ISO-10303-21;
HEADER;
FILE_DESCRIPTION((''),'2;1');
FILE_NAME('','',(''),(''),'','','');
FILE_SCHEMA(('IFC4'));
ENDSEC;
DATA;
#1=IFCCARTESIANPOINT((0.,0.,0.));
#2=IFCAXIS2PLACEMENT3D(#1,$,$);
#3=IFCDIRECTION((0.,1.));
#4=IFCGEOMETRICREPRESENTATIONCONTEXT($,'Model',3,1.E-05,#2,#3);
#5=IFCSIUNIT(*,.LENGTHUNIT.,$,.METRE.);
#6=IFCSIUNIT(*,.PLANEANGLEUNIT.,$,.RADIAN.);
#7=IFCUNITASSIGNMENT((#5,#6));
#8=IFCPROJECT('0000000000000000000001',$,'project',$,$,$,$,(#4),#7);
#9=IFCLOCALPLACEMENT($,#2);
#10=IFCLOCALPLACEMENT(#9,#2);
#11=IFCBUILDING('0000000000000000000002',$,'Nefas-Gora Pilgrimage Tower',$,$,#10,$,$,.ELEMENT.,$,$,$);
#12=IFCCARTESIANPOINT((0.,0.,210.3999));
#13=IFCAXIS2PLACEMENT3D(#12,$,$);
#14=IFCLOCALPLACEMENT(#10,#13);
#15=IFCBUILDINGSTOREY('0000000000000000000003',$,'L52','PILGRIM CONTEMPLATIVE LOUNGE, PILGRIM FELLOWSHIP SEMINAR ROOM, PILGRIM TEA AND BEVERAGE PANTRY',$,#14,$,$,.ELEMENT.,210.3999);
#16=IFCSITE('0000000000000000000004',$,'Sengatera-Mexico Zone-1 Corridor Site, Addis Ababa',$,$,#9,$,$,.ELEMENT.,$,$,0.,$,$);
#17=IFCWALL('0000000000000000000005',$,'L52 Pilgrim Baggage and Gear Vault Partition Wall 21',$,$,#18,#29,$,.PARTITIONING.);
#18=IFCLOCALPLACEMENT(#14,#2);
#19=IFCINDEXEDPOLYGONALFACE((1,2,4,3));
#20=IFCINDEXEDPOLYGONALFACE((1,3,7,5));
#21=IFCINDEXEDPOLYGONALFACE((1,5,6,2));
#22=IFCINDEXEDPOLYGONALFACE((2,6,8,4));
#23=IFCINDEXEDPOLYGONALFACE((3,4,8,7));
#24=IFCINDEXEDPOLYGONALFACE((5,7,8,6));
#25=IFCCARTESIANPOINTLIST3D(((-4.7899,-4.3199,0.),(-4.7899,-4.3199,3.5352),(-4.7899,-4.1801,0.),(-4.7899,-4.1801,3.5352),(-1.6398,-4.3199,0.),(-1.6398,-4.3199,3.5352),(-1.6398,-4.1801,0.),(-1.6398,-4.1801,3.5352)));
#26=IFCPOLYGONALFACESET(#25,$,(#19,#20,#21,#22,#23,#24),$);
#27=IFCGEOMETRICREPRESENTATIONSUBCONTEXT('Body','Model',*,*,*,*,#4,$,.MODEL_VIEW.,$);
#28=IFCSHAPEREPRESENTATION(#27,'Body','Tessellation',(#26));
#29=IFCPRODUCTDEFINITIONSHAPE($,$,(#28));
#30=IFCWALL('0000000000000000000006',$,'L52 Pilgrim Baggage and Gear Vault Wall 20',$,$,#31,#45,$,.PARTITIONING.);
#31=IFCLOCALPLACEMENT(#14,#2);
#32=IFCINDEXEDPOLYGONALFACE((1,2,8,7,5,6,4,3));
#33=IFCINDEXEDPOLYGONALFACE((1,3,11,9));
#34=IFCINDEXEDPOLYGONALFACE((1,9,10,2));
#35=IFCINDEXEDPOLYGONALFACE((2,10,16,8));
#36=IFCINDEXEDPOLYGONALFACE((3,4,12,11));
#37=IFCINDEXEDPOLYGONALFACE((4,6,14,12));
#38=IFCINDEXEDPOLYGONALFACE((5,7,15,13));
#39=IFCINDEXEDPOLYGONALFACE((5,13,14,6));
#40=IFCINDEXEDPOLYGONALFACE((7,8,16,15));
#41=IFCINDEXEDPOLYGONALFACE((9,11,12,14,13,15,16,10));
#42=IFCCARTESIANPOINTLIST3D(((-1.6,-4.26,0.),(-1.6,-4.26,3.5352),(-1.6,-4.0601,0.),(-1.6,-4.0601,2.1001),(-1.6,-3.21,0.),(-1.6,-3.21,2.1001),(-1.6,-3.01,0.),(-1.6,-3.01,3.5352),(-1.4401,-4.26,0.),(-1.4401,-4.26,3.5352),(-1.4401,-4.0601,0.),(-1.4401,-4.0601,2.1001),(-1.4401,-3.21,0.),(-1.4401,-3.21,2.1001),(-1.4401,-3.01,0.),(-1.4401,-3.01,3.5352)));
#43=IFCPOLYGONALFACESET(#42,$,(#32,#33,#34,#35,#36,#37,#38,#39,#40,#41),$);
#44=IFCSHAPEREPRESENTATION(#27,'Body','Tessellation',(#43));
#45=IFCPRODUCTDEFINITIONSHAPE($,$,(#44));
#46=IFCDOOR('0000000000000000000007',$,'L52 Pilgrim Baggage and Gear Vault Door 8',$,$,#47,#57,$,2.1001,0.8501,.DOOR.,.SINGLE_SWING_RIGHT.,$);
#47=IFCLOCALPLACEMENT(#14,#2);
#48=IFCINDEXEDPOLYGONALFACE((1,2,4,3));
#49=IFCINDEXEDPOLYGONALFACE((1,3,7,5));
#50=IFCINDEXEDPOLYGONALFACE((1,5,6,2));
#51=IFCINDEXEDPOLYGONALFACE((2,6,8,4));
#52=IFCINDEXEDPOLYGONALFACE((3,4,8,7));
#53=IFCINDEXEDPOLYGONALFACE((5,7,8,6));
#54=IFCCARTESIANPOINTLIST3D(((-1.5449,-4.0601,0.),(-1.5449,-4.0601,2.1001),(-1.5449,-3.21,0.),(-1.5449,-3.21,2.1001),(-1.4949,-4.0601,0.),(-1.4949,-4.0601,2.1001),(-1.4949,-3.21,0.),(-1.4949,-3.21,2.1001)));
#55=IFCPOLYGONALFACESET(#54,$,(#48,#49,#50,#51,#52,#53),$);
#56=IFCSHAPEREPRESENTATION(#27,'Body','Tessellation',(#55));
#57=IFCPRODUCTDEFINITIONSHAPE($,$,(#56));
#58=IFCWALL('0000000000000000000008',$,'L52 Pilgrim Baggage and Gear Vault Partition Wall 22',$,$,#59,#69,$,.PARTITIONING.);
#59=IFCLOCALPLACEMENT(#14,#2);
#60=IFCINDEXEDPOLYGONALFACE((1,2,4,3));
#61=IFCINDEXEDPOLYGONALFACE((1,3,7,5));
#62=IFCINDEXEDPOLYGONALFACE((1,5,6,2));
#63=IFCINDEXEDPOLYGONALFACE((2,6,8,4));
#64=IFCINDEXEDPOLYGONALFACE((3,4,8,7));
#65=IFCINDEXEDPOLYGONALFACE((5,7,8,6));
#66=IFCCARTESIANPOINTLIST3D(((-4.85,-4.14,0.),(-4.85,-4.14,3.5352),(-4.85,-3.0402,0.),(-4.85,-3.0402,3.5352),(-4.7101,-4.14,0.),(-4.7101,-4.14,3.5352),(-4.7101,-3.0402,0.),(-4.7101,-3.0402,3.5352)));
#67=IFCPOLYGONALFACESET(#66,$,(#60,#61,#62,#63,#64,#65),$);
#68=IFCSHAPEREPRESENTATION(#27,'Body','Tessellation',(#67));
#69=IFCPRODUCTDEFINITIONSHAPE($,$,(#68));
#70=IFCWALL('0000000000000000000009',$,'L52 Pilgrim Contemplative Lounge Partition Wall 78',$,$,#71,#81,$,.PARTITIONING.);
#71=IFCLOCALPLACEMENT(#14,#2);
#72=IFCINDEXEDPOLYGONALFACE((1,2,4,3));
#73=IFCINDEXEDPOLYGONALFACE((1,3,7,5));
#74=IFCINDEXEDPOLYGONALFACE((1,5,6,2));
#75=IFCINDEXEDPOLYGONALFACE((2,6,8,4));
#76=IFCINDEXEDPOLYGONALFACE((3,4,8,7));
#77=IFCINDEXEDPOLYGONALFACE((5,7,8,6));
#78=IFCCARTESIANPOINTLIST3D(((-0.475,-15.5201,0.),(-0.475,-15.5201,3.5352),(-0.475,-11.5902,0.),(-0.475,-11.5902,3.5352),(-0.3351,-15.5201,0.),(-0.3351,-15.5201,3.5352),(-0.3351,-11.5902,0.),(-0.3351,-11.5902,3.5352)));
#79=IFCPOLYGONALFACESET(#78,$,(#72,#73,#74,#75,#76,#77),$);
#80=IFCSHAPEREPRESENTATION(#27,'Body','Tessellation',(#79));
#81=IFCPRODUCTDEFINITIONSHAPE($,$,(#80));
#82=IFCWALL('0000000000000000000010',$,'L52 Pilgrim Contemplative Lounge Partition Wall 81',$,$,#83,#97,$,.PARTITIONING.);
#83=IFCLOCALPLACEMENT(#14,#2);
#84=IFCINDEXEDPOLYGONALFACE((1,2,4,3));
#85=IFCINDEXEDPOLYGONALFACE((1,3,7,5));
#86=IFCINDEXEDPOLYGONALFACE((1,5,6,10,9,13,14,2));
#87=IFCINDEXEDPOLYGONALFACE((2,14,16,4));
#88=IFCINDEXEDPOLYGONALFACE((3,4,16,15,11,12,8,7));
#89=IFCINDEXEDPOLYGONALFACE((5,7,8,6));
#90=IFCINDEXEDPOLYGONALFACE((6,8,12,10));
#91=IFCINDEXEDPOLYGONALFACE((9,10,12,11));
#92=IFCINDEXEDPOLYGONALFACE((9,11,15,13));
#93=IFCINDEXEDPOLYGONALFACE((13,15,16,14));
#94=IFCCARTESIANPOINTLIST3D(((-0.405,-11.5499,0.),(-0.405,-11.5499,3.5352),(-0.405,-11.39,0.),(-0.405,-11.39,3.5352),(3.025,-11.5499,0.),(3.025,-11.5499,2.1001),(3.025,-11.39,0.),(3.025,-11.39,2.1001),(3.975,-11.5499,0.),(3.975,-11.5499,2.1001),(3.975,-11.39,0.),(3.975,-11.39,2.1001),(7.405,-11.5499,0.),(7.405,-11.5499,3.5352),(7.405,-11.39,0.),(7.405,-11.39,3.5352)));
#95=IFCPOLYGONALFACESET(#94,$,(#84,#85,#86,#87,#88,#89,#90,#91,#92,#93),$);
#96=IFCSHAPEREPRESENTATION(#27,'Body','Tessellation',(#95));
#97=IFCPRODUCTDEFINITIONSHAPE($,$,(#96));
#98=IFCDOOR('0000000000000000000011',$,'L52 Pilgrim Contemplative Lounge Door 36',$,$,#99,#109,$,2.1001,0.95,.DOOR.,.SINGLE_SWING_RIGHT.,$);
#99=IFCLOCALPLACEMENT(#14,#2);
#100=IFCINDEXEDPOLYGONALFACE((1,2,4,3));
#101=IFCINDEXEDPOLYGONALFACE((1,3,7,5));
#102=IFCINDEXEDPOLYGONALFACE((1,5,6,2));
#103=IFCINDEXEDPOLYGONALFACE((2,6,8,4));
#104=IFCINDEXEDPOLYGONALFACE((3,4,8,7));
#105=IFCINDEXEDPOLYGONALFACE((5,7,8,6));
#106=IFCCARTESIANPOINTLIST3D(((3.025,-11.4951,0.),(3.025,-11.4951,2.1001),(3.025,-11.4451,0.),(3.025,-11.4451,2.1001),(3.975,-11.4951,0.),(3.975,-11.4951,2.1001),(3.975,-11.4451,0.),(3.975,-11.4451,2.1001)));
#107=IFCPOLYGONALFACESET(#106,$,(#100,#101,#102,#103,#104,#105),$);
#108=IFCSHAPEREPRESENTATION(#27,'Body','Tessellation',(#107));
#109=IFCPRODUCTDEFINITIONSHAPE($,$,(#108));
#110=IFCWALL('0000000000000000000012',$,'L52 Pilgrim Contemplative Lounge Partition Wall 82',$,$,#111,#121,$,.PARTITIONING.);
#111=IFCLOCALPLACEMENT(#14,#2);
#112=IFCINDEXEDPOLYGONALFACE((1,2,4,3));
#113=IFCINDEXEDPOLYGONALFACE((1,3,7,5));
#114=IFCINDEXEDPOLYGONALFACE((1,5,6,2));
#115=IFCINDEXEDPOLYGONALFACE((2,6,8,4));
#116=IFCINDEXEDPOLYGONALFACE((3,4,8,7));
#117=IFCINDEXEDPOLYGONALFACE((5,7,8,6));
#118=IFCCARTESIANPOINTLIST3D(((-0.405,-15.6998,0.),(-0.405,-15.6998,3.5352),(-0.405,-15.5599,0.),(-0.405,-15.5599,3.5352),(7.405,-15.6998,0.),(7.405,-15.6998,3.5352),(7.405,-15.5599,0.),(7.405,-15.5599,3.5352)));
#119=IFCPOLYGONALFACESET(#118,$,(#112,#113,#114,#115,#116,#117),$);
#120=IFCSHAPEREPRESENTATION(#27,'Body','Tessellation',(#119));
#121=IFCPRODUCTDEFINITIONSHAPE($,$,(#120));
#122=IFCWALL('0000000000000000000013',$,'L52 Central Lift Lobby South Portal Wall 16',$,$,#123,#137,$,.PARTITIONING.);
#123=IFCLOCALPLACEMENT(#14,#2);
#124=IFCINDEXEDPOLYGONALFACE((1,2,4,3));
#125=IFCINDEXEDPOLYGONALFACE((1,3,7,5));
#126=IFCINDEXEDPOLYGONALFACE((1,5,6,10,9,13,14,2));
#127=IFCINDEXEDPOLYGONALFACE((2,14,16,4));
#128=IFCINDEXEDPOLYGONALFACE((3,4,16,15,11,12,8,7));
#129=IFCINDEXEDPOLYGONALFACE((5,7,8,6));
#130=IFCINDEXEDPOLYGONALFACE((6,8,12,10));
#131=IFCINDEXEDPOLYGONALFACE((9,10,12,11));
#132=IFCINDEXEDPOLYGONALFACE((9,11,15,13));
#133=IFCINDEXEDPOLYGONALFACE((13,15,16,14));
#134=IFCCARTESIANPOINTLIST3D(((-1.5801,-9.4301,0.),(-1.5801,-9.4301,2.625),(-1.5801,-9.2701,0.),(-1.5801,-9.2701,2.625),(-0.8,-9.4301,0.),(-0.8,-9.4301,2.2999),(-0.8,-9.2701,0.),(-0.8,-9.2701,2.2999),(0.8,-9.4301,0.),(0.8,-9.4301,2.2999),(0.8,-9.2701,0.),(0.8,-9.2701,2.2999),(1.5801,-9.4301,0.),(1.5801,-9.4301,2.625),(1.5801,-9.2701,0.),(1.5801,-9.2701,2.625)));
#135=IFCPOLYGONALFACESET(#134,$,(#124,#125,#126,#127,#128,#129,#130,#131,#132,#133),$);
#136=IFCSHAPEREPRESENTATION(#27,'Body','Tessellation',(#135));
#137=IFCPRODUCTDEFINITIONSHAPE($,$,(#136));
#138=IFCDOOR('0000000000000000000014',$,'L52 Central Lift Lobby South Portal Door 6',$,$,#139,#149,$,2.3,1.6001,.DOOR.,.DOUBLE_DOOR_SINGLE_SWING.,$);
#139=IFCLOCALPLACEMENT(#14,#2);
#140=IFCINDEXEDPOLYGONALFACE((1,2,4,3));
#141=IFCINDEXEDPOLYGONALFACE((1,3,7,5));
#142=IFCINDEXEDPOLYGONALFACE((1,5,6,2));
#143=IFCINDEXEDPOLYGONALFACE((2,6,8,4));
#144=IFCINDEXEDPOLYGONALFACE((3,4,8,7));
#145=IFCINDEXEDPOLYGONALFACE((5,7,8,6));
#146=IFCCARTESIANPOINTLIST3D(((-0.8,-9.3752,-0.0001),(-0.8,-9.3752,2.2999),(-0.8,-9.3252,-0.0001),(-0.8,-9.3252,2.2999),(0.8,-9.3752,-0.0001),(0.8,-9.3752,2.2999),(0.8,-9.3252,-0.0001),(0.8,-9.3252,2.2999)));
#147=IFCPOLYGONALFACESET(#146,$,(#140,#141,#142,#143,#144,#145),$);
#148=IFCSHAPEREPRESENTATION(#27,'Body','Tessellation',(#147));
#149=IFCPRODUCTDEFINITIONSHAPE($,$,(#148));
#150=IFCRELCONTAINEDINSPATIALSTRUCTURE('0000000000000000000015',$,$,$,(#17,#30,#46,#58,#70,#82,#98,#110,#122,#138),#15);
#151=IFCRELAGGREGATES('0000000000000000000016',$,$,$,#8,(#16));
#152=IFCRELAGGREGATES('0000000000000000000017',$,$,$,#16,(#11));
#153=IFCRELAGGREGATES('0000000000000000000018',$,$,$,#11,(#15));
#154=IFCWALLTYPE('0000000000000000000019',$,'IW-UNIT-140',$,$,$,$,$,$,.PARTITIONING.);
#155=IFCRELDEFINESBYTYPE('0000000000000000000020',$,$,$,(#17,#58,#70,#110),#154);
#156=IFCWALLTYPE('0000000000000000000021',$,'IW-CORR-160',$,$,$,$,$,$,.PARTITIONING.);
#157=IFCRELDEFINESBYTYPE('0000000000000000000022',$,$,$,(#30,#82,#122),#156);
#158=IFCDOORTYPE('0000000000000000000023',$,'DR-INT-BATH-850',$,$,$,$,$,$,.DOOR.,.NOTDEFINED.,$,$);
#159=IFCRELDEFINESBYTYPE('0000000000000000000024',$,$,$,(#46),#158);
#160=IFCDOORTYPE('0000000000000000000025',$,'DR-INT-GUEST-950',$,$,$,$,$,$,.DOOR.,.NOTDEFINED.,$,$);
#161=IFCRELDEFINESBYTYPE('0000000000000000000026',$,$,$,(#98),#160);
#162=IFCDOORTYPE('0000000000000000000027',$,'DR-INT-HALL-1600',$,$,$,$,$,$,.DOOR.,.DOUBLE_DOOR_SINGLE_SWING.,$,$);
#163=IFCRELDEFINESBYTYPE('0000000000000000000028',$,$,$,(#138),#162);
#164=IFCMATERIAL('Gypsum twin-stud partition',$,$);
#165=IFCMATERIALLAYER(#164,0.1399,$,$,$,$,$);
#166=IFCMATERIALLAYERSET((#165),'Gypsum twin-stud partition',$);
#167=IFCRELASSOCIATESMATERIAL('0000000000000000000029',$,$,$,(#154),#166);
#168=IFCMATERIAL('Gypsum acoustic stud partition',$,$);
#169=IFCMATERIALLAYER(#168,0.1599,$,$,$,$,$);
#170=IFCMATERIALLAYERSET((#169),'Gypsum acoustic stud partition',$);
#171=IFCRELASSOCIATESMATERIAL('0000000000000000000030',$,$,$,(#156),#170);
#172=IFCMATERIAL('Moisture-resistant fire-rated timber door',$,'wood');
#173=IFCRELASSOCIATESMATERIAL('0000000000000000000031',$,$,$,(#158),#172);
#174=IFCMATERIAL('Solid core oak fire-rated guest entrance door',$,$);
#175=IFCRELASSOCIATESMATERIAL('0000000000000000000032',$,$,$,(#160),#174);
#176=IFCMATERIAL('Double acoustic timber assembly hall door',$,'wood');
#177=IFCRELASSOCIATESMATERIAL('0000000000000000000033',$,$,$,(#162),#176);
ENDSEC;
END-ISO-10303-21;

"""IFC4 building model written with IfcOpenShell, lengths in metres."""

from ifc_helpers import new_model, si_unit, direction, frame, frame_2d, origin, place, context, subcontext, project, spatial, rectangle, extrude, source, transform, mapped, material, layer, layer_set, type_object, element, fill, save


model = new_model("IFC4")

# Units and contexts
model_context = context("Model", 3, precision=1e-05, world=origin(), true_north=direction((0.0, 1.0)))
body_context = subcontext(model_context, "Body", "Model", "MODEL_VIEW")
ifc_project = project(units=[si_unit("LENGTHUNIT", "METRE"), si_unit("PLANEANGLEUNIT", "RADIAN")], contexts=[model_context])

# Site, building, storey
site_placement = place(None, origin())
site = spatial("IfcSite", under=ifc_project, at=site_placement, Name="Sengatera-Mexico Zone-1 Corridor Site, Addis Ababa", CompositionType="ELEMENT", RefElevation=0.0)
building_placement = place(site_placement, origin())
building = spatial("IfcBuilding", under=site, at=building_placement, Name="Nefas-Gora Pilgrimage Tower", CompositionType="ELEMENT")
storey_placement = place(building_placement, frame((0.0, 0.0, 210.3999)))
storey = spatial("IfcBuildingStorey", under=building, at=storey_placement, Name="L52", Description="PILGRIM CONTEMPLATIVE LOUNGE, PILGRIM FELLOWSHIP SEMINAR ROOM, PILGRIM TEA AND BEVERAGE PANTRY", CompositionType="ELEMENT", Elevation=210.3999)

# Wall
ifc_material_1 = material(Name="Gypsum twin-stud partition")
ifc_layer_1 = layer(ifc_material_1, 0.1399)
ifc_layer_set_1 = layer_set([ifc_layer_1], Name="Gypsum twin-stud partition")
wall_type_1 = type_object("IfcWallType", Name="IW-UNIT-140", PredefinedType="PARTITIONING", material=ifc_layer_set_1)
ifc_material_2 = material(Name="Gypsum acoustic stud partition")
ifc_layer_2 = layer(ifc_material_2, 0.1599)
ifc_layer_set_2 = layer_set([ifc_layer_2], Name="Gypsum acoustic stud partition")
wall_type_2 = type_object("IfcWallType", Name="IW-CORR-160", PredefinedType="PARTITIONING", material=ifc_layer_set_2)
shared_shape_1 = source(origin(), body_context, "Body", "SweptSolid", [
    extrude(rectangle(XDim=3.1501, YDim=0.1399, at=frame_2d((1.5752, 0.0))), origin(), (0.0, 0.0, 1.0), 3.5352),
])
wall_1_placement = place(storey_placement, frame((-4.79, -4.25, 0.0), z_axis=(0.0, 0.0, 1.0), x_axis=(1.0, 0.0, 0.0)))
element("IfcWall", 1, at=wall_1_placement, inside=storey, type_object=wall_type_1, Name="L52 Pilgrim Baggage and Gear Vault Partition Wall 21", PredefinedType="PARTITIONING", context=body_context, shape_type="MappedRepresentation", body=[
    mapped(shared_shape_1, transform((0.0, 0.0, 0.0), x_axis=(1.0, 0.0, 0.0), y_axis=(0.0, 1.0, 0.0), z_axis=(0.0, 0.0, 1.0), scale=1.0)),
])

# Wall, opening, door
shared_shape_2 = source(origin(), body_context, "Body", "SweptSolid", [
    extrude(rectangle(XDim=1.25, YDim=0.1599, at=frame_2d((0.625, 0.0))), origin(), (0.0, 0.0, 1.0), 3.5352),
])
wall_2_placement = place(storey_placement, frame((-1.52, -4.26, 0.0), z_axis=(0.0, 0.0, 1.0), x_axis=(0.0, 1.0, 0.0)))
wall_2 = element("IfcWall", 2, at=wall_2_placement, inside=storey, type_object=wall_type_2, Name="L52 Pilgrim Baggage and Gear Vault Wall 20", PredefinedType="PARTITIONING", context=body_context, shape_type="MappedRepresentation", body=[
    mapped(shared_shape_2, transform((0.0, 0.0, 0.0), x_axis=(1.0, 0.0, 0.0), y_axis=(0.0, 1.0, 0.0), z_axis=(0.0, 0.0, 1.0), scale=1.0)),
])
opening_1_placement = place(wall_2_placement, frame((0.2, 0.0, 0.0)))
opening_1 = element("IfcOpeningElement", 3, at=opening_1_placement, cuts=wall_2, PredefinedType="OPENING", context=body_context, shape_type="SweptSolid", body=[
    extrude(rectangle(XDim=0.8501, YDim=2.1001, at=frame_2d((0.425, 1.05))), frame((0.0, 0.0898, 0.0), z_axis=(0.0, -1.0, 0.0), x_axis=(1.0, 0.0, 0.0)), (0.0, 0.0, 1.0), 0.1799),
])
ifc_material_3 = material(Name="Moisture-resistant fire-rated timber door", Category="wood")
door_type_1 = type_object("IfcDoorType", Name="DR-INT-BATH-850", OperationType="NOTDEFINED", PredefinedType="DOOR", material=ifc_material_3)
shared_shape_3 = source(origin(), body_context, "Body", "SweptSolid", [
    extrude(rectangle(XDim=0.8501, YDim=2.1001, at=frame_2d((0.425, 1.05))), frame((0.0, 0.0249, 0.0), z_axis=(0.0, -1.0, 0.0), x_axis=(1.0, 0.0, 0.0)), (0.0, 0.0, 1.0), 0.05),
])
door_1_placement = place(opening_1_placement, origin())
door_1 = element("IfcDoor", 4, at=door_1_placement, inside=storey, type_object=door_type_1, Name="L52 Pilgrim Baggage and Gear Vault Door 8", OperationType="SINGLE_SWING_RIGHT", OverallHeight=2.1001, OverallWidth=0.8501, PredefinedType="DOOR", context=body_context, shape_type="MappedRepresentation", body=[
    mapped(shared_shape_3, transform((0.0, 0.0, 0.0), x_axis=(1.0, 0.0, 0.0), y_axis=(0.0, 1.0, 0.0), z_axis=(0.0, 0.0, 1.0), scale=1.0)),
])
fill(opening_1, door_1)

# Walls
shared_shape_4 = source(origin(), body_context, "Body", "SweptSolid", [
    extrude(rectangle(XDim=1.0999, YDim=0.1399, at=frame_2d((0.5498, 0.0))), origin(), (0.0, 0.0, 1.0), 3.5352),
])
wall_3_placement = place(storey_placement, frame((-4.78, -4.1399, 0.0), z_axis=(0.0, 0.0, 1.0), x_axis=(0.0, 1.0, 0.0)))
element("IfcWall", 5, at=wall_3_placement, inside=storey, type_object=wall_type_1, Name="L52 Pilgrim Baggage and Gear Vault Partition Wall 22", PredefinedType="PARTITIONING", context=body_context, shape_type="MappedRepresentation", body=[
    mapped(shared_shape_4, transform((0.0, 0.0, 0.0), x_axis=(1.0, 0.0, 0.0), y_axis=(0.0, 1.0, 0.0), z_axis=(0.0, 0.0, 1.0), scale=1.0)),
])
shared_shape_5 = source(origin(), body_context, "Body", "SweptSolid", [
    extrude(rectangle(XDim=3.9299, YDim=0.1399, at=frame_2d((1.9648, 0.0))), origin(), (0.0, 0.0, 1.0), 3.5352),
])
wall_4_placement = place(storey_placement, frame((-0.405, -15.52, 0.0), z_axis=(0.0, 0.0, 1.0), x_axis=(0.0, 1.0, 0.0)))
element("IfcWall", 6, at=wall_4_placement, inside=storey, type_object=wall_type_1, Name="L52 Pilgrim Contemplative Lounge Partition Wall 78", PredefinedType="PARTITIONING", context=body_context, shape_type="MappedRepresentation", body=[
    mapped(shared_shape_5, transform((0.0, 0.0, 0.0), x_axis=(1.0, 0.0, 0.0), y_axis=(0.0, 1.0, 0.0), z_axis=(0.0, 0.0, 1.0), scale=1.0)),
])

# Wall, opening, door
shared_shape_6 = source(origin(), body_context, "Body", "SweptSolid", [
    extrude(rectangle(XDim=7.8101, YDim=0.1599, at=frame_2d((3.905, 0.0))), origin(), (0.0, 0.0, 1.0), 3.5352),
])
wall_5_placement = place(storey_placement, frame((-0.405, -11.47, 0.0), z_axis=(0.0, 0.0, 1.0), x_axis=(1.0, 0.0, 0.0)))
wall_5 = element("IfcWall", 7, at=wall_5_placement, inside=storey, type_object=wall_type_2, Name="L52 Pilgrim Contemplative Lounge Partition Wall 81", PredefinedType="PARTITIONING", context=body_context, shape_type="MappedRepresentation", body=[
    mapped(shared_shape_6, transform((0.0, 0.0, 0.0), x_axis=(1.0, 0.0, 0.0), y_axis=(0.0, 1.0, 0.0), z_axis=(0.0, 0.0, 1.0), scale=1.0)),
])
opening_2_placement = place(wall_5_placement, frame((3.4299, 0.0, 0.0)))
opening_2 = element("IfcOpeningElement", 8, at=opening_2_placement, cuts=wall_5, PredefinedType="OPENING", context=body_context, shape_type="SweptSolid", body=[
    extrude(rectangle(XDim=0.95, YDim=2.1001, at=frame_2d((0.4751, 1.05))), frame((0.0, 0.0898, 0.0), z_axis=(0.0, -1.0, 0.0), x_axis=(1.0, 0.0, 0.0)), (0.0, 0.0, 1.0), 0.1799),
])
ifc_material_4 = material(Name="Solid core oak fire-rated guest entrance door")
door_type_2 = type_object("IfcDoorType", Name="DR-INT-GUEST-950", OperationType="NOTDEFINED", PredefinedType="DOOR", material=ifc_material_4)
shared_shape_7 = source(origin(), body_context, "Body", "SweptSolid", [
    extrude(rectangle(XDim=0.95, YDim=2.1001, at=frame_2d((0.4751, 1.05))), frame((0.0, 0.0249, 0.0), z_axis=(0.0, -1.0, 0.0), x_axis=(1.0, 0.0, 0.0)), (0.0, 0.0, 1.0), 0.05),
])
door_2_placement = place(opening_2_placement, origin())
door_2 = element("IfcDoor", 9, at=door_2_placement, inside=storey, type_object=door_type_2, Name="L52 Pilgrim Contemplative Lounge Door 36", OperationType="SINGLE_SWING_RIGHT", OverallHeight=2.1001, OverallWidth=0.95, PredefinedType="DOOR", context=body_context, shape_type="MappedRepresentation", body=[
    mapped(shared_shape_7, transform((0.0, 0.0, 0.0), x_axis=(1.0, 0.0, 0.0), y_axis=(0.0, 1.0, 0.0), z_axis=(0.0, 0.0, 1.0), scale=1.0)),
])
fill(opening_2, door_2)

# Wall
shared_shape_8 = source(origin(), body_context, "Body", "SweptSolid", [
    extrude(rectangle(XDim=7.8101, YDim=0.1399, at=frame_2d((3.905, 0.0))), origin(), (0.0, 0.0, 1.0), 3.5352),
])
wall_6_placement = place(storey_placement, frame((-0.405, -15.6299, 0.0), z_axis=(0.0, 0.0, 1.0), x_axis=(1.0, 0.0, 0.0)))
element("IfcWall", 10, at=wall_6_placement, inside=storey, type_object=wall_type_1, Name="L52 Pilgrim Contemplative Lounge Partition Wall 82", PredefinedType="PARTITIONING", context=body_context, shape_type="MappedRepresentation", body=[
    mapped(shared_shape_8, transform((0.0, 0.0, 0.0), x_axis=(1.0, 0.0, 0.0), y_axis=(0.0, 1.0, 0.0), z_axis=(0.0, 0.0, 1.0), scale=1.0)),
])

# Wall, opening, door
shared_shape_9 = source(origin(), body_context, "Body", "SweptSolid", [
    extrude(rectangle(XDim=3.1602, YDim=0.1599, at=frame_2d((1.5801, 0.0))), origin(), (0.0, 0.0, 1.0), 2.625),
])
wall_7_placement = place(storey_placement, frame((-1.5801, -9.3501, 0.0), z_axis=(0.0, 0.0, 1.0), x_axis=(1.0, 0.0, 0.0)))
wall_7 = element("IfcWall", 11, at=wall_7_placement, inside=storey, type_object=wall_type_2, Name="L52 Central Lift Lobby South Portal Wall 16", PredefinedType="PARTITIONING", context=body_context, shape_type="MappedRepresentation", body=[
    mapped(shared_shape_9, transform((0.0, 0.0, 0.0), x_axis=(1.0, 0.0, 0.0), y_axis=(0.0, 1.0, 0.0), z_axis=(0.0, 0.0, 1.0), scale=1.0)),
])
opening_3_placement = place(wall_7_placement, frame((0.78, 0.0, 0.0)))
opening_3 = element("IfcOpeningElement", 12, at=opening_3_placement, cuts=wall_7, PredefinedType="OPENING", context=body_context, shape_type="SweptSolid", body=[
    extrude(rectangle(XDim=1.6001, YDim=2.3, at=frame_2d((0.8, 1.1499))), frame((0.0, 0.0898, 0.0), z_axis=(0.0, -1.0, 0.0), x_axis=(1.0, 0.0, 0.0)), (0.0, 0.0, 1.0), 0.1799),
])
ifc_material_5 = material(Name="Double acoustic timber assembly hall door", Category="wood")
door_type_3 = type_object("IfcDoorType", Name="DR-INT-HALL-1600", OperationType="DOUBLE_DOOR_SINGLE_SWING", PredefinedType="DOOR", material=ifc_material_5)
shared_shape_10 = source(origin(), body_context, "Body", "SweptSolid", [
    extrude(rectangle(XDim=1.6001, YDim=2.3, at=frame_2d((0.8, 1.1499))), frame((0.0, 0.0249, 0.0), z_axis=(0.0, -1.0, 0.0), x_axis=(1.0, 0.0, 0.0)), (0.0, 0.0, 1.0), 0.05),
])
door_3_placement = place(opening_3_placement, origin())
door_3 = element("IfcDoor", 13, at=door_3_placement, inside=storey, type_object=door_type_3, Name="L52 Central Lift Lobby South Portal Door 6", OperationType="DOUBLE_DOOR_SINGLE_SWING", OverallHeight=2.3, OverallWidth=1.6001, PredefinedType="DOOR", context=body_context, shape_type="MappedRepresentation", body=[
    mapped(shared_shape_10, transform((0.0, 0.0, 0.0), x_axis=(1.0, 0.0, 0.0), y_axis=(0.0, 1.0, 0.0), z_axis=(0.0, 0.0, 1.0), scale=1.0)),
])
fill(opening_3, door_3)

save(model, "model.ifc")
